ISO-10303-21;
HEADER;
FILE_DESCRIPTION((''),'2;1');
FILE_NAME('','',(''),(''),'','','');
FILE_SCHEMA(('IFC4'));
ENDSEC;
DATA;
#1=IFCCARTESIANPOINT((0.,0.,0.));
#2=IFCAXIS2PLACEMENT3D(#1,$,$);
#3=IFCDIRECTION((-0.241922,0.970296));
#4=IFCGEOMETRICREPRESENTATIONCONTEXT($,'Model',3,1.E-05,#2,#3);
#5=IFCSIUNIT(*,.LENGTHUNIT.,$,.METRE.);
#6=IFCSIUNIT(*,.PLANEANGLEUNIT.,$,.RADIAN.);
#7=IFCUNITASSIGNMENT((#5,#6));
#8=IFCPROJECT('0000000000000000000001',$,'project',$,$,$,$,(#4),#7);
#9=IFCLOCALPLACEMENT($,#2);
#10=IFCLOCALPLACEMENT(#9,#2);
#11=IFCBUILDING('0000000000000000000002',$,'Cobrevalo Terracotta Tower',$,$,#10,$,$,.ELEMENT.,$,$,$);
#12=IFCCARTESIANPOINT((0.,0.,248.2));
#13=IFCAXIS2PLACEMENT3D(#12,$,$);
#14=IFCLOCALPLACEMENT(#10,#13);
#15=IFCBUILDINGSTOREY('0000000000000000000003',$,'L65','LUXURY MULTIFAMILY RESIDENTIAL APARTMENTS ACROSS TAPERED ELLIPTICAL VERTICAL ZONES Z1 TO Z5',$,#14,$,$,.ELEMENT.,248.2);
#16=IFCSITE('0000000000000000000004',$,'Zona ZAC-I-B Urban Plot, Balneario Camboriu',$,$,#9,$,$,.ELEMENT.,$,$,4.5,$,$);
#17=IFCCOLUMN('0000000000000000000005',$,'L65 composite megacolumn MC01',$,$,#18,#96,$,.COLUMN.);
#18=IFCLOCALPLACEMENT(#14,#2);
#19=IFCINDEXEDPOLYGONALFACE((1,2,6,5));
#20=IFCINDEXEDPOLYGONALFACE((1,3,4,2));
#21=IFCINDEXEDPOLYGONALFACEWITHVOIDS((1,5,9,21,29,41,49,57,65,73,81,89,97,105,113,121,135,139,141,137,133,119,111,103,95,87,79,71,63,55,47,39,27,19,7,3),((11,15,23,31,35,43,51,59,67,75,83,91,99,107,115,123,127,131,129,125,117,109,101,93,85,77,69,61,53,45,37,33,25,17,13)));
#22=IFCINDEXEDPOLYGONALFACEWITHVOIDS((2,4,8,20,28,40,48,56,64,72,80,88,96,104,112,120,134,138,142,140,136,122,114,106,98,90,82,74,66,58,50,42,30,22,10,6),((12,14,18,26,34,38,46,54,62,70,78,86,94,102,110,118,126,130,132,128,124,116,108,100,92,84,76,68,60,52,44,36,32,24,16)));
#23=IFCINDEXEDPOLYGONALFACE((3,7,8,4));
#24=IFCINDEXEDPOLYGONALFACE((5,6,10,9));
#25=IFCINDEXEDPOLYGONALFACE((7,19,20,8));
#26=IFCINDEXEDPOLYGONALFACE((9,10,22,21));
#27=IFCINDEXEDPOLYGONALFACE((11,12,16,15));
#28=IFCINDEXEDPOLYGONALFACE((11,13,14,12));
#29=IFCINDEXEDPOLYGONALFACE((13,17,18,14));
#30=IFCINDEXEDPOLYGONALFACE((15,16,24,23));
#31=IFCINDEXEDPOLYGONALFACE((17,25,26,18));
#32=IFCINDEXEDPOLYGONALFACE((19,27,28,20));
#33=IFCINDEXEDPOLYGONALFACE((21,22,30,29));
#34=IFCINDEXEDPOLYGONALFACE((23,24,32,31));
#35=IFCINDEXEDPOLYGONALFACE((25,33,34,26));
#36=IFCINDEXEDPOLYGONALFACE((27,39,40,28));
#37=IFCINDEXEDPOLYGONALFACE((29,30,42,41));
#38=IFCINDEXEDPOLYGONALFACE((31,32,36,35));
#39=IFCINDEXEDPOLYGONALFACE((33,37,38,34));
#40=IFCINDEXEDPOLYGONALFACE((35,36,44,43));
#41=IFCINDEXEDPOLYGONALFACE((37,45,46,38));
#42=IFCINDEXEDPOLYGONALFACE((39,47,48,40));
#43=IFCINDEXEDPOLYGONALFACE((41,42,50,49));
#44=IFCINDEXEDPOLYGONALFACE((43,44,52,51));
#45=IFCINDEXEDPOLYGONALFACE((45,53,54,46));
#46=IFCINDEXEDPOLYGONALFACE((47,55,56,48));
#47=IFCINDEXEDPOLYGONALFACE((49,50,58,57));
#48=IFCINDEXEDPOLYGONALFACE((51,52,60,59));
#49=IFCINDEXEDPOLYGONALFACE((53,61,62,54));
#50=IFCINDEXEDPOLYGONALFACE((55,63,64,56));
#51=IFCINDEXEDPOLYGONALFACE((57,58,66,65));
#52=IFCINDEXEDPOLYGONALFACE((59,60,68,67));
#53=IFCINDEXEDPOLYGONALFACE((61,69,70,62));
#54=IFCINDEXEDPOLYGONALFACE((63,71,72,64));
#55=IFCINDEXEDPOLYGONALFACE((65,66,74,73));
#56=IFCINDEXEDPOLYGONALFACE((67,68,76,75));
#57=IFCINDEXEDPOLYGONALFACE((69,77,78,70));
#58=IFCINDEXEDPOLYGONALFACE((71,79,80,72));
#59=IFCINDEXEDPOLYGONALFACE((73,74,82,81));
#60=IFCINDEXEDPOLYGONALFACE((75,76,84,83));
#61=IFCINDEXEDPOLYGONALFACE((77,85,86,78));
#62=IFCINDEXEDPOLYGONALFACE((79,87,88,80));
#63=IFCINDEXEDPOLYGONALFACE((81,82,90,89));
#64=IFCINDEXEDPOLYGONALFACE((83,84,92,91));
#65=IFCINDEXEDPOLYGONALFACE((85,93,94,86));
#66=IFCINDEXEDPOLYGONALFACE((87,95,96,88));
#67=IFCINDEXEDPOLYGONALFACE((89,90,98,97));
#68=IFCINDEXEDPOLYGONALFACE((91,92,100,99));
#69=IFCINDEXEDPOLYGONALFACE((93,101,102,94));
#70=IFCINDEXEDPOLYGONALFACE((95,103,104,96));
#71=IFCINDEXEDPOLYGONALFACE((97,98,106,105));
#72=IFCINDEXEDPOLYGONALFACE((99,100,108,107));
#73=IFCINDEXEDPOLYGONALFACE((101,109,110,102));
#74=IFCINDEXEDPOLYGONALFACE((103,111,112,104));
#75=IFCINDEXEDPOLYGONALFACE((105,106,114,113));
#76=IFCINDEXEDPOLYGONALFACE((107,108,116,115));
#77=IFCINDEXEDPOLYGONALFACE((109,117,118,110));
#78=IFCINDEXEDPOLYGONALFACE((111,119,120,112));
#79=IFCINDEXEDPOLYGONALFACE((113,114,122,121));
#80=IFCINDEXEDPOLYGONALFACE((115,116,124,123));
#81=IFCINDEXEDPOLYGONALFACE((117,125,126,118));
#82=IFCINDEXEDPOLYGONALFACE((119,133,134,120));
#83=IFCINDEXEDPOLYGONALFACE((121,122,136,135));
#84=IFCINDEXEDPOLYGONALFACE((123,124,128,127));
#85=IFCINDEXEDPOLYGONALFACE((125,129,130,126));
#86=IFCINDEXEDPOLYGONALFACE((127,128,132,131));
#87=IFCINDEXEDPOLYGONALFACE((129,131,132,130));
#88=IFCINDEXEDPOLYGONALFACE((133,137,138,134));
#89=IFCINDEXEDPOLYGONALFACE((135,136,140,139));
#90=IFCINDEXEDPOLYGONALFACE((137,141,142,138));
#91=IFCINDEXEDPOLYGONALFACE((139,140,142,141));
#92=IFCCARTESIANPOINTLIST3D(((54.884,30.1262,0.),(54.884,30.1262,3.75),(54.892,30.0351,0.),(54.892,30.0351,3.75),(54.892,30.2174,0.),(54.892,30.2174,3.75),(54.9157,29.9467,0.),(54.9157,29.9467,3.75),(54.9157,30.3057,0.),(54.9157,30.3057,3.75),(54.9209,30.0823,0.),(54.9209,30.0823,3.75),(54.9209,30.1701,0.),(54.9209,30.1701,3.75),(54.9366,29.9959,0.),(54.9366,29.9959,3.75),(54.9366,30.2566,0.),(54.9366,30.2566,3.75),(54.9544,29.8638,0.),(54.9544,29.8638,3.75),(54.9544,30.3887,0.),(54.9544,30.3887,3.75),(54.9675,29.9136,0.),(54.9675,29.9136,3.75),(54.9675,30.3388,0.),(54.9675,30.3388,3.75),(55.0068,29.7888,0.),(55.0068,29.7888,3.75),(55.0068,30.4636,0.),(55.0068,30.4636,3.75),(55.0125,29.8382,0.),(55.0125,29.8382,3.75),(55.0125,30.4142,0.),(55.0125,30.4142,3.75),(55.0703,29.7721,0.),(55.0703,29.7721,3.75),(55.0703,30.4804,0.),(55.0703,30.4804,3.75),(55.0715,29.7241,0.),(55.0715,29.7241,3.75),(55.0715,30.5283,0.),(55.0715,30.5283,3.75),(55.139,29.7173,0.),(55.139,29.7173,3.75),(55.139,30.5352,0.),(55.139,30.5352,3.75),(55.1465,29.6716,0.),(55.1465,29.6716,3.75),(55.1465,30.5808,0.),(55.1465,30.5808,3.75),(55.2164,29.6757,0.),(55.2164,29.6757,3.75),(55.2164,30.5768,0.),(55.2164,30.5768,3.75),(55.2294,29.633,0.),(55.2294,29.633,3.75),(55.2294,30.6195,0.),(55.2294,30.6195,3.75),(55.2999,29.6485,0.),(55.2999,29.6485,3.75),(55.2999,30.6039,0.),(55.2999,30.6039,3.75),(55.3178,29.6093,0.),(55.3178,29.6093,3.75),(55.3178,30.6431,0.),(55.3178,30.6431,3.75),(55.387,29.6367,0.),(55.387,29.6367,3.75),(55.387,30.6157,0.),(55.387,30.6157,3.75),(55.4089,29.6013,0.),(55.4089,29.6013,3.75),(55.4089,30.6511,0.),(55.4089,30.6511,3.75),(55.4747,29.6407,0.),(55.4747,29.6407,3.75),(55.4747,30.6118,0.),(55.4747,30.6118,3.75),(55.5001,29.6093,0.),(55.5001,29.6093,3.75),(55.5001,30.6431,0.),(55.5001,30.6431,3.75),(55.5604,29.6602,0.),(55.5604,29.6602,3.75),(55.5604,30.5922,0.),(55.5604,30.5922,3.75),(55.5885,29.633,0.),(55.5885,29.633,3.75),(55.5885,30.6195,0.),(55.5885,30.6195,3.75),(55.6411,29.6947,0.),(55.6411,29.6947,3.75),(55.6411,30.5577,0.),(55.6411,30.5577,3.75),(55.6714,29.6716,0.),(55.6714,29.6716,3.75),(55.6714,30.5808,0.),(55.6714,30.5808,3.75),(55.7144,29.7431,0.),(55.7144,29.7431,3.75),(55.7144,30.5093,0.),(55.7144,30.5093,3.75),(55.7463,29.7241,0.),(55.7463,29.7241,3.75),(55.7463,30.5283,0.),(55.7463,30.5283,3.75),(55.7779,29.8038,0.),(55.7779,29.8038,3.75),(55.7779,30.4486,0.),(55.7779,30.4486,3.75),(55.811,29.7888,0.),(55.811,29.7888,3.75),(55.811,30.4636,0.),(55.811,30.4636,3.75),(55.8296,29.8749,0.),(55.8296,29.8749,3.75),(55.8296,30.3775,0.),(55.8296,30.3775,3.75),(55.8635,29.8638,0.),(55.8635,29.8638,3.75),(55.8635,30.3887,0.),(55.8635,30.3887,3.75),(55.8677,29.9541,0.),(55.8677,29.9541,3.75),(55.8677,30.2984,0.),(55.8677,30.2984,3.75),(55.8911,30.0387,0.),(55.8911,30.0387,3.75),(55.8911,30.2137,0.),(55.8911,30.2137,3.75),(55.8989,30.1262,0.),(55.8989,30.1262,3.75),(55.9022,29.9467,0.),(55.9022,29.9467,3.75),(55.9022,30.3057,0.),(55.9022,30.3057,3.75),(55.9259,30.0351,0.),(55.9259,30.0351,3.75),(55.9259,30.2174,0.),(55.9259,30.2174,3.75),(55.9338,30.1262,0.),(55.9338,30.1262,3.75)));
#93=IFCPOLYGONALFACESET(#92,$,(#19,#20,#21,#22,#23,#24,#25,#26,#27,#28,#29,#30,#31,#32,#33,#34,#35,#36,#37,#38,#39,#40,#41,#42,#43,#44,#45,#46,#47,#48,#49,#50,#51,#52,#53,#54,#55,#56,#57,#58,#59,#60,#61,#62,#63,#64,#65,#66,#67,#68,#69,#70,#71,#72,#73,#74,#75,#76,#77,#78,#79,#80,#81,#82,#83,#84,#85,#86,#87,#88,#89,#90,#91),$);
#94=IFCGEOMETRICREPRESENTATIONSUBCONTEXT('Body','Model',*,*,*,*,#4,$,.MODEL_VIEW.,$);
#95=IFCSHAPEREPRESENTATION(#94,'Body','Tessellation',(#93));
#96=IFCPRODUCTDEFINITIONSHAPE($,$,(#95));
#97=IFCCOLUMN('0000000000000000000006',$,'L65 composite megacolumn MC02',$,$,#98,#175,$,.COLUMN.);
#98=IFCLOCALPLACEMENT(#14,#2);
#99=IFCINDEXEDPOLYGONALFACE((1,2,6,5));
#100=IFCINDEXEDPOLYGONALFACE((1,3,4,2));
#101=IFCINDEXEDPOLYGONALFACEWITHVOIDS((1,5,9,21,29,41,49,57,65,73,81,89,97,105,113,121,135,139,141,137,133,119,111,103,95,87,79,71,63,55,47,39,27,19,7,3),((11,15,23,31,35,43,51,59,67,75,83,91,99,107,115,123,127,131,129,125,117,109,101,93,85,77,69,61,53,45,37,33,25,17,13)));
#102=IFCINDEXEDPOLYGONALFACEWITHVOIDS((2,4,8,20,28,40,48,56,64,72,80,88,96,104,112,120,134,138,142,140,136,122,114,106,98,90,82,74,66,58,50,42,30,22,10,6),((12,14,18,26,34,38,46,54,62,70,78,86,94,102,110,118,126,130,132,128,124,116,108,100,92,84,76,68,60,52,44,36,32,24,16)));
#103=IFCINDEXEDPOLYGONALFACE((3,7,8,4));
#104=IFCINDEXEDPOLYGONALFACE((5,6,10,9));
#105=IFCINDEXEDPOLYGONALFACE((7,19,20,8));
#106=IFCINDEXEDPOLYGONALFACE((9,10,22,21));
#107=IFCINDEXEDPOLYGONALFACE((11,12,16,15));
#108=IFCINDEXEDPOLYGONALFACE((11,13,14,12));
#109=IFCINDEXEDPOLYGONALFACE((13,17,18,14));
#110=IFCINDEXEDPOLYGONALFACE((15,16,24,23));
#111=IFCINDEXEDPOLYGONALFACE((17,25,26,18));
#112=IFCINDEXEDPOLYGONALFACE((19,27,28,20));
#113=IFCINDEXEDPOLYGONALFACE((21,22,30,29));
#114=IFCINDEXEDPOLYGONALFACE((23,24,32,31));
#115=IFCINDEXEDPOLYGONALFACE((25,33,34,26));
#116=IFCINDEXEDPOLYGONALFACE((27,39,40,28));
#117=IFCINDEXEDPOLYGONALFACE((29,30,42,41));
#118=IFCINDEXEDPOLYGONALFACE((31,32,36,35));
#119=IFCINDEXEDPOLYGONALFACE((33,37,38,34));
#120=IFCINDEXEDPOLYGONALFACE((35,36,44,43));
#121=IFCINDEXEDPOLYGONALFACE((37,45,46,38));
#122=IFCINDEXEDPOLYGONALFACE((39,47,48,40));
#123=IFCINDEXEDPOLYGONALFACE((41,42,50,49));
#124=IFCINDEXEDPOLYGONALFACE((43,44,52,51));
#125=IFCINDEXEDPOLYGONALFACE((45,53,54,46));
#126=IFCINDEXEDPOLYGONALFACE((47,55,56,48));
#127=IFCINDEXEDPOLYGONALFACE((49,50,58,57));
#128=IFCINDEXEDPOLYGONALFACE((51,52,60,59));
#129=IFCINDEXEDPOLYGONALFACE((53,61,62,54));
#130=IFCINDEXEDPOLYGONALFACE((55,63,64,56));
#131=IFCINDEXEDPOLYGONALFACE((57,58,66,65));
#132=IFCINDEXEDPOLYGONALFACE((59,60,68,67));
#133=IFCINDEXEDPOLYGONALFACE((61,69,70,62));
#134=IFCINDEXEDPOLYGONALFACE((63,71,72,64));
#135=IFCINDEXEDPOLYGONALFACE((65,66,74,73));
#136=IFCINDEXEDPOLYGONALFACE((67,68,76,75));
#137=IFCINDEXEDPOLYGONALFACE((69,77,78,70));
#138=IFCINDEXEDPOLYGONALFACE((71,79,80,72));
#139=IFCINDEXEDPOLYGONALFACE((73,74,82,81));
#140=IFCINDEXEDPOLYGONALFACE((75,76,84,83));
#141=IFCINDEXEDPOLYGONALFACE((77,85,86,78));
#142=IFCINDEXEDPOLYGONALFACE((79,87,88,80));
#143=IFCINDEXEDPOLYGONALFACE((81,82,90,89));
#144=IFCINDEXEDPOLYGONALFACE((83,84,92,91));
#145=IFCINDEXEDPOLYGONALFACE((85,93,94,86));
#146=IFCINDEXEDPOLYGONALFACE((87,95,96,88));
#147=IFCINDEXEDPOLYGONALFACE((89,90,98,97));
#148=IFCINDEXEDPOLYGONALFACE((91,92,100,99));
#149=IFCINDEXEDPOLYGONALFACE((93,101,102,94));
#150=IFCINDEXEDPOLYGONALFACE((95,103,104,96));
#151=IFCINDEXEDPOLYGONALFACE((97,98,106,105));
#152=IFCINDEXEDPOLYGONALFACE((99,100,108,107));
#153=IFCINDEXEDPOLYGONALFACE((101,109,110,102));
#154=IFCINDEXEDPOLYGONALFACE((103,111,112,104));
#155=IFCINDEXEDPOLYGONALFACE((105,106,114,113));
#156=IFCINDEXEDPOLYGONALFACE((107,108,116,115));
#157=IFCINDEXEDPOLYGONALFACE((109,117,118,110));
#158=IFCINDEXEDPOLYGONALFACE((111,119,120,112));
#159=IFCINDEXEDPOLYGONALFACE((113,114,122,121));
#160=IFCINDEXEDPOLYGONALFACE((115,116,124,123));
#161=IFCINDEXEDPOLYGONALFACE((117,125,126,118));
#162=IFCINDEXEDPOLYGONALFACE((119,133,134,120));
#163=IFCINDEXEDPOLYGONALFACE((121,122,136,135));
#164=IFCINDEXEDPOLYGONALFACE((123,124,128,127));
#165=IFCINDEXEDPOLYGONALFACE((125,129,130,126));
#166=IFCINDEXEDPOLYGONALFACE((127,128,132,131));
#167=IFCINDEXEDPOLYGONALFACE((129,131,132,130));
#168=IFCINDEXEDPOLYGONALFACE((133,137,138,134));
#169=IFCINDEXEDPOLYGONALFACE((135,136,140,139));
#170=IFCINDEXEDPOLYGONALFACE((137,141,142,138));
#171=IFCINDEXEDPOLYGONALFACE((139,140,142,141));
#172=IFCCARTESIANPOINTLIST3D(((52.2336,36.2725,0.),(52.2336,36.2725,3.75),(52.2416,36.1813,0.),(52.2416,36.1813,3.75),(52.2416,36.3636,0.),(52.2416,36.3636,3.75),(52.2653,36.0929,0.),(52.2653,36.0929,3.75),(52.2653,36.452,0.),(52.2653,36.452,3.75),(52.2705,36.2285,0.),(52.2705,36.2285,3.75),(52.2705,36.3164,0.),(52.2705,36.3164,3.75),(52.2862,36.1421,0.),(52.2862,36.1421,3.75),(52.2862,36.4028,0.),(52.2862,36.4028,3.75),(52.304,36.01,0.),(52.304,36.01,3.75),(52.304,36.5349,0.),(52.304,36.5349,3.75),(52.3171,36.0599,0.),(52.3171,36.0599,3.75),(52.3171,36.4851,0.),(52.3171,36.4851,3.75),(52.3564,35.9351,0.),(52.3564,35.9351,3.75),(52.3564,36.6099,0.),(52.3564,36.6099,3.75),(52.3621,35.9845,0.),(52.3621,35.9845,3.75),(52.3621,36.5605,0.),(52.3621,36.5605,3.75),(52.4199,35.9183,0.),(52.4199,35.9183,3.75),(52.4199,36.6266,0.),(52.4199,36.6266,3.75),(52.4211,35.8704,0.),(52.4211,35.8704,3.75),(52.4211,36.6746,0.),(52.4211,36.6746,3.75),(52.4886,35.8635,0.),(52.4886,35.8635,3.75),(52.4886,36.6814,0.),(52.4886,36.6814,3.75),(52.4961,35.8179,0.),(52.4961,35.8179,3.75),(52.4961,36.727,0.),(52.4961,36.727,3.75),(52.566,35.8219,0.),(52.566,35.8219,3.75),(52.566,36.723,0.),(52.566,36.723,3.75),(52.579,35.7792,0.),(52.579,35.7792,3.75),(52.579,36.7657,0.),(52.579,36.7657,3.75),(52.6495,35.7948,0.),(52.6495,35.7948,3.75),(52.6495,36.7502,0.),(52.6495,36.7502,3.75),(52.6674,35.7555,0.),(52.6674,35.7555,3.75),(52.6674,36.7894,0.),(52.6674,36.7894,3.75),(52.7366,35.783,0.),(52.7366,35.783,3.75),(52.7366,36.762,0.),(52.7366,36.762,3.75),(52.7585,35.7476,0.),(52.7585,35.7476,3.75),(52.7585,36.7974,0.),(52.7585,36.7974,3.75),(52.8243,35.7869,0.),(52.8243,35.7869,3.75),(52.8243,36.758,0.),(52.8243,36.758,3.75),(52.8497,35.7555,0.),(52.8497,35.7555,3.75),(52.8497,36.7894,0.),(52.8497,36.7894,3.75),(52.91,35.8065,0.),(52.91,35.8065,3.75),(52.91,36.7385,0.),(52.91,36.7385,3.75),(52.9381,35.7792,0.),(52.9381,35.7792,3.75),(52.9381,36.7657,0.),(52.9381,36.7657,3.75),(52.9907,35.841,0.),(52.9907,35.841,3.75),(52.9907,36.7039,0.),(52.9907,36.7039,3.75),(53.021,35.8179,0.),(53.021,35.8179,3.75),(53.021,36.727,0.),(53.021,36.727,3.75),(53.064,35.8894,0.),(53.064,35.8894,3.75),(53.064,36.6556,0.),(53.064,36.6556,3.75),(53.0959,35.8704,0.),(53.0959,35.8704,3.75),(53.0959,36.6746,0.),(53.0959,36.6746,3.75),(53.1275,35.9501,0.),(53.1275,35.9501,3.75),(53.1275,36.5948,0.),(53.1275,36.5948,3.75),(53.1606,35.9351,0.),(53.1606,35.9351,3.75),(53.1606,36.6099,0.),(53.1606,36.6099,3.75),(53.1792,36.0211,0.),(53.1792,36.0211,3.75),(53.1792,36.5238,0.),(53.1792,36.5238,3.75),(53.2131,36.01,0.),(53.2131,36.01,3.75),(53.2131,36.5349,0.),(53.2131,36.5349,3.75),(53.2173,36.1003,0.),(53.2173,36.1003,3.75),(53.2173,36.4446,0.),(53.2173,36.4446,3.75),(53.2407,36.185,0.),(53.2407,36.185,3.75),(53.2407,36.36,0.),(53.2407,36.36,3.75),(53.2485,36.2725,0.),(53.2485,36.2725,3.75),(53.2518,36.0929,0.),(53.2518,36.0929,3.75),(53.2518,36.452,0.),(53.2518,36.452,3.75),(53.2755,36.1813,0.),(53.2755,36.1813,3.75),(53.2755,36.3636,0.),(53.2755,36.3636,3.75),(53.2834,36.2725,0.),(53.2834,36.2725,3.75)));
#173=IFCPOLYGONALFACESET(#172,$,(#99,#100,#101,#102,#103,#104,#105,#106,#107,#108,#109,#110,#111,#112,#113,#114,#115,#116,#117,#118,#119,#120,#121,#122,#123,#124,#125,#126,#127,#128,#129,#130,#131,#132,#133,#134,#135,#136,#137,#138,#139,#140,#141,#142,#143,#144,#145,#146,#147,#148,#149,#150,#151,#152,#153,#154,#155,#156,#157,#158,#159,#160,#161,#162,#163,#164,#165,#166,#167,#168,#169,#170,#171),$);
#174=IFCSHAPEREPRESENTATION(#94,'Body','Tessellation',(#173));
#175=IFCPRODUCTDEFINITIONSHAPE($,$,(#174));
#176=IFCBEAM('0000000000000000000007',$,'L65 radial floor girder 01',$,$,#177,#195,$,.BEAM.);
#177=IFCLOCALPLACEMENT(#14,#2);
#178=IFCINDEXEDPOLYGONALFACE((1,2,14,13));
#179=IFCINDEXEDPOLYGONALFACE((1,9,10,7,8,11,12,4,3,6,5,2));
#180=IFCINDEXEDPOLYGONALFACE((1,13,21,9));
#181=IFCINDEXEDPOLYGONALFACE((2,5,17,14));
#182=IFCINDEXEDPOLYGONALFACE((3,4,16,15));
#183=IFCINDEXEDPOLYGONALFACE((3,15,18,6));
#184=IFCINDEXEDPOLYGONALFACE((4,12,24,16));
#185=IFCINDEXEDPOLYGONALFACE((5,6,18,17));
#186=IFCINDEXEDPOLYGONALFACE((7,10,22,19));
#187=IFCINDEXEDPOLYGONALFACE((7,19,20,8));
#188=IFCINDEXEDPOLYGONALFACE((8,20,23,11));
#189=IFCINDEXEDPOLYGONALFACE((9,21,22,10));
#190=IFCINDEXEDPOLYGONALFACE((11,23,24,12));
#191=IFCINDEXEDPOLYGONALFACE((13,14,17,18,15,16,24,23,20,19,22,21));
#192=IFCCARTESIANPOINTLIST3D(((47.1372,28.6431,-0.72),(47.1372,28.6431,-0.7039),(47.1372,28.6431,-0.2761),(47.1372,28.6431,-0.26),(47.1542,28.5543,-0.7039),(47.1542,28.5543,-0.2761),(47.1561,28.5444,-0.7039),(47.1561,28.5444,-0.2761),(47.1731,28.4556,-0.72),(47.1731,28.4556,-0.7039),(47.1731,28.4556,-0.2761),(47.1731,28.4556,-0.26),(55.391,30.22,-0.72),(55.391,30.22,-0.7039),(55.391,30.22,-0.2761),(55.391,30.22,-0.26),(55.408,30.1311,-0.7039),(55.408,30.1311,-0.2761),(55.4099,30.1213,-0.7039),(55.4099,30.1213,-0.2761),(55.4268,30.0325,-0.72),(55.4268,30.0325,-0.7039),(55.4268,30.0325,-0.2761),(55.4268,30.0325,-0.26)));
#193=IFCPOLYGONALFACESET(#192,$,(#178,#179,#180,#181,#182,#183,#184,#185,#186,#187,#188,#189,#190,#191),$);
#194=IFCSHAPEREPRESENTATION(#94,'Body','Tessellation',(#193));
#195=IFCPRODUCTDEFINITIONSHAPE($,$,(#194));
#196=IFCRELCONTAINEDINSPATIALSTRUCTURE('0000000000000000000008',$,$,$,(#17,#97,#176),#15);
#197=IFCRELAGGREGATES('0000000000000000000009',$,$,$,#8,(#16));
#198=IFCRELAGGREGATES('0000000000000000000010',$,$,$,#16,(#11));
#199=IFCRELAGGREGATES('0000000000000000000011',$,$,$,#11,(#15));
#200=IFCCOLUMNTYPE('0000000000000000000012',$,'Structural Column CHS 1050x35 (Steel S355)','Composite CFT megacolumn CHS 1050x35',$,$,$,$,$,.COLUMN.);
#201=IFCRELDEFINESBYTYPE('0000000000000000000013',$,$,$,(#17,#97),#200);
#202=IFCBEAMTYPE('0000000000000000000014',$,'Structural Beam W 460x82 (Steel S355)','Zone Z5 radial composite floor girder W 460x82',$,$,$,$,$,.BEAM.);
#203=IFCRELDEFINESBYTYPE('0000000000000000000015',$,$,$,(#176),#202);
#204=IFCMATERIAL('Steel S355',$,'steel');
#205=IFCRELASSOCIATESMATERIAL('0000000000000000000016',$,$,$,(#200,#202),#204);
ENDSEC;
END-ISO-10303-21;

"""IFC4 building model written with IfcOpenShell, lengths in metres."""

from ifc_helpers import new_model, si_unit, direction, frame, origin, origin_2d, place, context, subcontext, project, spatial, hollow_circle, i_section, extrude, material, material_profile, profile_set, type_object, element, save


model = new_model("IFC4")

# Units and contexts
model_context = context("Model", 3, precision=1e-05, world=origin(), true_north=direction((-0.241922, 0.970296)))
body_context = subcontext(model_context, "Body", "Model", "MODEL_VIEW")
ifc_project = project(units=[si_unit("LENGTHUNIT", "METRE"), si_unit("PLANEANGLEUNIT", "RADIAN")], contexts=[model_context])

# Site, building, storey
site_placement = place(None, origin())
site = spatial("IfcSite", under=ifc_project, at=site_placement, Name="Zona ZAC-I-B Urban Plot, Balneario Camboriu", CompositionType="ELEMENT", RefElevation=4.5)
building_placement = place(site_placement, origin())
building = spatial("IfcBuilding", under=site, at=building_placement, Name="Cobrevalo Terracotta Tower", CompositionType="ELEMENT")
storey_placement = place(building_placement, frame((0.0, 0.0, 248.2)))
storey = spatial("IfcBuildingStorey", under=building, at=storey_placement, Name="L65", Description="LUXURY MULTIFAMILY RESIDENTIAL APARTMENTS ACROSS TAPERED ELLIPTICAL VERTICAL ZONES Z1 TO Z5", CompositionType="ELEMENT", Elevation=248.2)

# Columns
ifc_material_1 = material(Name="Steel S355", Category="steel")
ifc_material_profile_1 = material_profile(ifc_material_1, hollow_circle(Radius=0.5249, WallThickness=0.0349, at=origin_2d()), Name="CHS 1050x35")
ifc_profile_set_1 = profile_set([ifc_material_profile_1], Name="Steel S355")
column_type = type_object("IfcColumnType", Name="Structural Column CHS 1050x35 (Steel S355)", Description="Composite CFT megacolumn CHS 1050x35", PredefinedType="COLUMN", material=ifc_profile_set_1)
for number, where, z_axis, x_axis, name in (
    (1, (55.4089, 30.1262, 0.0), (0.0, 0.0, 1.0), (1.0, 0.0, 0.0), "L65 composite megacolumn MC01"),
    (2, (52.7585, 36.2725, 0.0), (0.0, 0.0, 1.0), (1.0, 0.0, 0.0), "L65 composite megacolumn MC02"),
):
    element("IfcColumn", number, at=place(storey_placement, frame(where, z_axis=z_axis, x_axis=x_axis)), inside=storey, type_object=column_type, Name=name, PredefinedType="COLUMN", context=body_context, shape_type="SweptSolid", body=[
        extrude(hollow_circle(Radius=0.5249, WallThickness=0.0349, at=origin_2d()), origin(), (0.0, 0.0, 1.0), 3.75),
    ])

# Beam
ifc_material_profile_2 = material_profile(ifc_material_1, i_section(OverallWidth=0.1909, OverallDepth=0.46, WebThickness=0.01, FlangeThickness=0.0161, at=origin_2d()), Name="W 460x82")
ifc_profile_set_2 = profile_set([ifc_material_profile_2], Name="Steel S355")
beam_type_1 = type_object("IfcBeamType", Name="Structural Beam W 460x82 (Steel S355)", Description="Zone Z5 radial composite floor girder W 460x82", PredefinedType="BEAM", material=ifc_profile_set_2)
beam_1_placement = place(storey_placement, frame((55.4089, 30.1262, -0.49), z_axis=(-0.982235, -0.187655, 0.0), x_axis=(0.187655, -0.982235, 0.0)))
element("IfcBeam", 3, at=beam_1_placement, inside=storey, type_object=beam_type_1, Name="L65 radial floor girder 01", PredefinedType="BEAM", context=body_context, shape_type="SweptSolid", body=[
    extrude(i_section(OverallWidth=0.1909, OverallDepth=0.46, WebThickness=0.01, FlangeThickness=0.0161, at=origin_2d()), origin(), (0.0, 0.0, 1.0), 8.4031),
])

save(model, "model.ifc")
